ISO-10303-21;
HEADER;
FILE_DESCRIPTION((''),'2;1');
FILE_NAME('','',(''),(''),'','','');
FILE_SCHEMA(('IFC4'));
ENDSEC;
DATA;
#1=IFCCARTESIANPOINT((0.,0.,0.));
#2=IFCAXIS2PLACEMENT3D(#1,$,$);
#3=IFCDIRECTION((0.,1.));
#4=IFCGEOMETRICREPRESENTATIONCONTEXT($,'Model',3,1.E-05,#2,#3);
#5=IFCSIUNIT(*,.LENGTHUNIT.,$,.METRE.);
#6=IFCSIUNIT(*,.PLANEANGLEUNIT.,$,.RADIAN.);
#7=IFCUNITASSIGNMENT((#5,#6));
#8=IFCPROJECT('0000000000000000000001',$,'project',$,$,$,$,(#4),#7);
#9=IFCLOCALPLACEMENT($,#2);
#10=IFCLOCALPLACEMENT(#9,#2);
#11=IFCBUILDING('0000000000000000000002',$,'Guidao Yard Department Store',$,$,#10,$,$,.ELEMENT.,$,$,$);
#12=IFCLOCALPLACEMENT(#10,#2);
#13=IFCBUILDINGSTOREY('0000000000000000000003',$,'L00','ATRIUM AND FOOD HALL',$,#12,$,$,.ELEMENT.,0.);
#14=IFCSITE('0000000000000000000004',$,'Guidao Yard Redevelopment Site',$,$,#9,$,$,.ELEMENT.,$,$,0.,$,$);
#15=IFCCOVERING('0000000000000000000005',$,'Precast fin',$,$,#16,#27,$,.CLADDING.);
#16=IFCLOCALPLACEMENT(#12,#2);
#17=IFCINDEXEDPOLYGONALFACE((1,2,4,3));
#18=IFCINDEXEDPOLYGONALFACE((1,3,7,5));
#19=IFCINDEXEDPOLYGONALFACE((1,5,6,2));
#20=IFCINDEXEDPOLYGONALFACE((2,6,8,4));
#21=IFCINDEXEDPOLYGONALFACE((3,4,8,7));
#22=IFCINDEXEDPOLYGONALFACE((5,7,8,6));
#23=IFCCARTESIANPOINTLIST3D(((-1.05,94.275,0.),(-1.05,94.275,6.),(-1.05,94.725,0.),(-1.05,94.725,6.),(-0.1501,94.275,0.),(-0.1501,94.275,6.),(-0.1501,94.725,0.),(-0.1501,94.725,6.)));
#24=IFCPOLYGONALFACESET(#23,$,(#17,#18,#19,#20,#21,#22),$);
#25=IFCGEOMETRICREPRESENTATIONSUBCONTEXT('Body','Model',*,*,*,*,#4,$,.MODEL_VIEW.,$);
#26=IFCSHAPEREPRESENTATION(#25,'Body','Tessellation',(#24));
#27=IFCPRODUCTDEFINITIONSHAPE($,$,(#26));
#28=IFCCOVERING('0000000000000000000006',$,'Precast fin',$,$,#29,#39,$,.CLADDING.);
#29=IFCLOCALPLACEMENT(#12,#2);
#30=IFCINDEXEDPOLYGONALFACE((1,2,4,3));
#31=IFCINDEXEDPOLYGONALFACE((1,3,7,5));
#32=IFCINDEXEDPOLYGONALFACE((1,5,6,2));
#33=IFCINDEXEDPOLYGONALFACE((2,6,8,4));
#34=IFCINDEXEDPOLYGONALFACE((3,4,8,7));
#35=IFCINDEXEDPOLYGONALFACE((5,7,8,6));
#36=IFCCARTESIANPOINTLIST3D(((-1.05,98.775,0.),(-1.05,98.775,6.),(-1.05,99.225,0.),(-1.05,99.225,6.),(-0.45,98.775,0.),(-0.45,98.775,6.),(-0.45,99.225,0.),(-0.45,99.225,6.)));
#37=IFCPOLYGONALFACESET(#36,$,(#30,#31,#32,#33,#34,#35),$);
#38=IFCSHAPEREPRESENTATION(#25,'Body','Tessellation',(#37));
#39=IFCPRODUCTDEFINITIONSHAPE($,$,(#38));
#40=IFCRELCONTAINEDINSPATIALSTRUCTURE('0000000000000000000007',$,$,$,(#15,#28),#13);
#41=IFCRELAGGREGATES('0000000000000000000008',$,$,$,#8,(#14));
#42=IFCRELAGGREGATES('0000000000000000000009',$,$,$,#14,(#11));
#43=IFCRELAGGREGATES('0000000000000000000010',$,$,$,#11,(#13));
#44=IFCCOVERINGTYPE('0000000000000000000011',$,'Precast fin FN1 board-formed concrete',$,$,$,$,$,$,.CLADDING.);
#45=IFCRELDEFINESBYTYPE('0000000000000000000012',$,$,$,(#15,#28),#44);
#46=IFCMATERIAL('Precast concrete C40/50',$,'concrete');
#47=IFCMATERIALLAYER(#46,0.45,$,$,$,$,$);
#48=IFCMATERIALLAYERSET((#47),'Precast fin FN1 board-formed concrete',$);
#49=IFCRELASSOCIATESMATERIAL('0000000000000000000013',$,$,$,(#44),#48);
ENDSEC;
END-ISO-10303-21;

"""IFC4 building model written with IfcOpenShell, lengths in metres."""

from ifc_helpers import new_model, si_unit, direction, frame, origin, origin_2d, place, context, subcontext, project, spatial, rectangle, extrude, material, layer, layer_set, type_object, element, save


model = new_model("IFC4")

# Units and contexts
model_context = context("Model", 3, precision=1e-05, world=origin(), true_north=direction((0.0, 1.0)))
body_context = subcontext(model_context, "Body", "Model", "MODEL_VIEW")
ifc_project = project(units=[si_unit("LENGTHUNIT", "METRE"), si_unit("PLANEANGLEUNIT", "RADIAN")], contexts=[model_context])

# Site, building, storey
site_placement = place(None, origin())
site = spatial("IfcSite", under=ifc_project, at=site_placement, Name="Guidao Yard Redevelopment Site", CompositionType="ELEMENT", RefElevation=0.0)
building_placement = place(site_placement, origin())
building = spatial("IfcBuilding", under=site, at=building_placement, Name="Guidao Yard Department Store", CompositionType="ELEMENT")
storey_placement = place(building_placement, origin())
storey = spatial("IfcBuildingStorey", under=building, at=storey_placement, Name="L00", Description="ATRIUM AND FOOD HALL", CompositionType="ELEMENT", Elevation=0.0)

# Coverings
ifc_material_1 = material(Name="Precast concrete C40/50", Category="concrete")
ifc_layer_1 = layer(ifc_material_1, 0.45)
ifc_layer_set_1 = layer_set([ifc_layer_1], Name="Precast fin FN1 board-formed concrete")
covering_type = type_object("IfcCoveringType", Name="Precast fin FN1 board-formed concrete", PredefinedType="CLADDING", material=ifc_layer_set_1)
covering_1_placement = place(storey_placement, frame((-0.6001, 94.5, 0.0), z_axis=(0.0, 0.0, 1.0), x_axis=(0.0, 1.0, 0.0)))
element("IfcCovering", 1, at=covering_1_placement, inside=storey, type_object=covering_type, Name="Precast fin", PredefinedType="CLADDING", context=body_context, shape_type="SweptSolid", body=[
    extrude(rectangle(XDim=0.45, YDim=0.8999, at=origin_2d()), origin(), (0.0, 0.0, 1.0), 6.0),
])
covering_2_placement = place(storey_placement, frame((-0.75, 99.0, 0.0), z_axis=(0.0, 0.0, 1.0), x_axis=(0.0, 1.0, 0.0)))
element("IfcCovering", 2, at=covering_2_placement, inside=storey, type_object=covering_type, Name="Precast fin", PredefinedType="CLADDING", context=body_context, shape_type="SweptSolid", body=[
    extrude(rectangle(XDim=0.45, YDim=0.6001, at=origin_2d()), origin(), (0.0, 0.0, 1.0), 6.0),
])

save(model, "model.ifc")
